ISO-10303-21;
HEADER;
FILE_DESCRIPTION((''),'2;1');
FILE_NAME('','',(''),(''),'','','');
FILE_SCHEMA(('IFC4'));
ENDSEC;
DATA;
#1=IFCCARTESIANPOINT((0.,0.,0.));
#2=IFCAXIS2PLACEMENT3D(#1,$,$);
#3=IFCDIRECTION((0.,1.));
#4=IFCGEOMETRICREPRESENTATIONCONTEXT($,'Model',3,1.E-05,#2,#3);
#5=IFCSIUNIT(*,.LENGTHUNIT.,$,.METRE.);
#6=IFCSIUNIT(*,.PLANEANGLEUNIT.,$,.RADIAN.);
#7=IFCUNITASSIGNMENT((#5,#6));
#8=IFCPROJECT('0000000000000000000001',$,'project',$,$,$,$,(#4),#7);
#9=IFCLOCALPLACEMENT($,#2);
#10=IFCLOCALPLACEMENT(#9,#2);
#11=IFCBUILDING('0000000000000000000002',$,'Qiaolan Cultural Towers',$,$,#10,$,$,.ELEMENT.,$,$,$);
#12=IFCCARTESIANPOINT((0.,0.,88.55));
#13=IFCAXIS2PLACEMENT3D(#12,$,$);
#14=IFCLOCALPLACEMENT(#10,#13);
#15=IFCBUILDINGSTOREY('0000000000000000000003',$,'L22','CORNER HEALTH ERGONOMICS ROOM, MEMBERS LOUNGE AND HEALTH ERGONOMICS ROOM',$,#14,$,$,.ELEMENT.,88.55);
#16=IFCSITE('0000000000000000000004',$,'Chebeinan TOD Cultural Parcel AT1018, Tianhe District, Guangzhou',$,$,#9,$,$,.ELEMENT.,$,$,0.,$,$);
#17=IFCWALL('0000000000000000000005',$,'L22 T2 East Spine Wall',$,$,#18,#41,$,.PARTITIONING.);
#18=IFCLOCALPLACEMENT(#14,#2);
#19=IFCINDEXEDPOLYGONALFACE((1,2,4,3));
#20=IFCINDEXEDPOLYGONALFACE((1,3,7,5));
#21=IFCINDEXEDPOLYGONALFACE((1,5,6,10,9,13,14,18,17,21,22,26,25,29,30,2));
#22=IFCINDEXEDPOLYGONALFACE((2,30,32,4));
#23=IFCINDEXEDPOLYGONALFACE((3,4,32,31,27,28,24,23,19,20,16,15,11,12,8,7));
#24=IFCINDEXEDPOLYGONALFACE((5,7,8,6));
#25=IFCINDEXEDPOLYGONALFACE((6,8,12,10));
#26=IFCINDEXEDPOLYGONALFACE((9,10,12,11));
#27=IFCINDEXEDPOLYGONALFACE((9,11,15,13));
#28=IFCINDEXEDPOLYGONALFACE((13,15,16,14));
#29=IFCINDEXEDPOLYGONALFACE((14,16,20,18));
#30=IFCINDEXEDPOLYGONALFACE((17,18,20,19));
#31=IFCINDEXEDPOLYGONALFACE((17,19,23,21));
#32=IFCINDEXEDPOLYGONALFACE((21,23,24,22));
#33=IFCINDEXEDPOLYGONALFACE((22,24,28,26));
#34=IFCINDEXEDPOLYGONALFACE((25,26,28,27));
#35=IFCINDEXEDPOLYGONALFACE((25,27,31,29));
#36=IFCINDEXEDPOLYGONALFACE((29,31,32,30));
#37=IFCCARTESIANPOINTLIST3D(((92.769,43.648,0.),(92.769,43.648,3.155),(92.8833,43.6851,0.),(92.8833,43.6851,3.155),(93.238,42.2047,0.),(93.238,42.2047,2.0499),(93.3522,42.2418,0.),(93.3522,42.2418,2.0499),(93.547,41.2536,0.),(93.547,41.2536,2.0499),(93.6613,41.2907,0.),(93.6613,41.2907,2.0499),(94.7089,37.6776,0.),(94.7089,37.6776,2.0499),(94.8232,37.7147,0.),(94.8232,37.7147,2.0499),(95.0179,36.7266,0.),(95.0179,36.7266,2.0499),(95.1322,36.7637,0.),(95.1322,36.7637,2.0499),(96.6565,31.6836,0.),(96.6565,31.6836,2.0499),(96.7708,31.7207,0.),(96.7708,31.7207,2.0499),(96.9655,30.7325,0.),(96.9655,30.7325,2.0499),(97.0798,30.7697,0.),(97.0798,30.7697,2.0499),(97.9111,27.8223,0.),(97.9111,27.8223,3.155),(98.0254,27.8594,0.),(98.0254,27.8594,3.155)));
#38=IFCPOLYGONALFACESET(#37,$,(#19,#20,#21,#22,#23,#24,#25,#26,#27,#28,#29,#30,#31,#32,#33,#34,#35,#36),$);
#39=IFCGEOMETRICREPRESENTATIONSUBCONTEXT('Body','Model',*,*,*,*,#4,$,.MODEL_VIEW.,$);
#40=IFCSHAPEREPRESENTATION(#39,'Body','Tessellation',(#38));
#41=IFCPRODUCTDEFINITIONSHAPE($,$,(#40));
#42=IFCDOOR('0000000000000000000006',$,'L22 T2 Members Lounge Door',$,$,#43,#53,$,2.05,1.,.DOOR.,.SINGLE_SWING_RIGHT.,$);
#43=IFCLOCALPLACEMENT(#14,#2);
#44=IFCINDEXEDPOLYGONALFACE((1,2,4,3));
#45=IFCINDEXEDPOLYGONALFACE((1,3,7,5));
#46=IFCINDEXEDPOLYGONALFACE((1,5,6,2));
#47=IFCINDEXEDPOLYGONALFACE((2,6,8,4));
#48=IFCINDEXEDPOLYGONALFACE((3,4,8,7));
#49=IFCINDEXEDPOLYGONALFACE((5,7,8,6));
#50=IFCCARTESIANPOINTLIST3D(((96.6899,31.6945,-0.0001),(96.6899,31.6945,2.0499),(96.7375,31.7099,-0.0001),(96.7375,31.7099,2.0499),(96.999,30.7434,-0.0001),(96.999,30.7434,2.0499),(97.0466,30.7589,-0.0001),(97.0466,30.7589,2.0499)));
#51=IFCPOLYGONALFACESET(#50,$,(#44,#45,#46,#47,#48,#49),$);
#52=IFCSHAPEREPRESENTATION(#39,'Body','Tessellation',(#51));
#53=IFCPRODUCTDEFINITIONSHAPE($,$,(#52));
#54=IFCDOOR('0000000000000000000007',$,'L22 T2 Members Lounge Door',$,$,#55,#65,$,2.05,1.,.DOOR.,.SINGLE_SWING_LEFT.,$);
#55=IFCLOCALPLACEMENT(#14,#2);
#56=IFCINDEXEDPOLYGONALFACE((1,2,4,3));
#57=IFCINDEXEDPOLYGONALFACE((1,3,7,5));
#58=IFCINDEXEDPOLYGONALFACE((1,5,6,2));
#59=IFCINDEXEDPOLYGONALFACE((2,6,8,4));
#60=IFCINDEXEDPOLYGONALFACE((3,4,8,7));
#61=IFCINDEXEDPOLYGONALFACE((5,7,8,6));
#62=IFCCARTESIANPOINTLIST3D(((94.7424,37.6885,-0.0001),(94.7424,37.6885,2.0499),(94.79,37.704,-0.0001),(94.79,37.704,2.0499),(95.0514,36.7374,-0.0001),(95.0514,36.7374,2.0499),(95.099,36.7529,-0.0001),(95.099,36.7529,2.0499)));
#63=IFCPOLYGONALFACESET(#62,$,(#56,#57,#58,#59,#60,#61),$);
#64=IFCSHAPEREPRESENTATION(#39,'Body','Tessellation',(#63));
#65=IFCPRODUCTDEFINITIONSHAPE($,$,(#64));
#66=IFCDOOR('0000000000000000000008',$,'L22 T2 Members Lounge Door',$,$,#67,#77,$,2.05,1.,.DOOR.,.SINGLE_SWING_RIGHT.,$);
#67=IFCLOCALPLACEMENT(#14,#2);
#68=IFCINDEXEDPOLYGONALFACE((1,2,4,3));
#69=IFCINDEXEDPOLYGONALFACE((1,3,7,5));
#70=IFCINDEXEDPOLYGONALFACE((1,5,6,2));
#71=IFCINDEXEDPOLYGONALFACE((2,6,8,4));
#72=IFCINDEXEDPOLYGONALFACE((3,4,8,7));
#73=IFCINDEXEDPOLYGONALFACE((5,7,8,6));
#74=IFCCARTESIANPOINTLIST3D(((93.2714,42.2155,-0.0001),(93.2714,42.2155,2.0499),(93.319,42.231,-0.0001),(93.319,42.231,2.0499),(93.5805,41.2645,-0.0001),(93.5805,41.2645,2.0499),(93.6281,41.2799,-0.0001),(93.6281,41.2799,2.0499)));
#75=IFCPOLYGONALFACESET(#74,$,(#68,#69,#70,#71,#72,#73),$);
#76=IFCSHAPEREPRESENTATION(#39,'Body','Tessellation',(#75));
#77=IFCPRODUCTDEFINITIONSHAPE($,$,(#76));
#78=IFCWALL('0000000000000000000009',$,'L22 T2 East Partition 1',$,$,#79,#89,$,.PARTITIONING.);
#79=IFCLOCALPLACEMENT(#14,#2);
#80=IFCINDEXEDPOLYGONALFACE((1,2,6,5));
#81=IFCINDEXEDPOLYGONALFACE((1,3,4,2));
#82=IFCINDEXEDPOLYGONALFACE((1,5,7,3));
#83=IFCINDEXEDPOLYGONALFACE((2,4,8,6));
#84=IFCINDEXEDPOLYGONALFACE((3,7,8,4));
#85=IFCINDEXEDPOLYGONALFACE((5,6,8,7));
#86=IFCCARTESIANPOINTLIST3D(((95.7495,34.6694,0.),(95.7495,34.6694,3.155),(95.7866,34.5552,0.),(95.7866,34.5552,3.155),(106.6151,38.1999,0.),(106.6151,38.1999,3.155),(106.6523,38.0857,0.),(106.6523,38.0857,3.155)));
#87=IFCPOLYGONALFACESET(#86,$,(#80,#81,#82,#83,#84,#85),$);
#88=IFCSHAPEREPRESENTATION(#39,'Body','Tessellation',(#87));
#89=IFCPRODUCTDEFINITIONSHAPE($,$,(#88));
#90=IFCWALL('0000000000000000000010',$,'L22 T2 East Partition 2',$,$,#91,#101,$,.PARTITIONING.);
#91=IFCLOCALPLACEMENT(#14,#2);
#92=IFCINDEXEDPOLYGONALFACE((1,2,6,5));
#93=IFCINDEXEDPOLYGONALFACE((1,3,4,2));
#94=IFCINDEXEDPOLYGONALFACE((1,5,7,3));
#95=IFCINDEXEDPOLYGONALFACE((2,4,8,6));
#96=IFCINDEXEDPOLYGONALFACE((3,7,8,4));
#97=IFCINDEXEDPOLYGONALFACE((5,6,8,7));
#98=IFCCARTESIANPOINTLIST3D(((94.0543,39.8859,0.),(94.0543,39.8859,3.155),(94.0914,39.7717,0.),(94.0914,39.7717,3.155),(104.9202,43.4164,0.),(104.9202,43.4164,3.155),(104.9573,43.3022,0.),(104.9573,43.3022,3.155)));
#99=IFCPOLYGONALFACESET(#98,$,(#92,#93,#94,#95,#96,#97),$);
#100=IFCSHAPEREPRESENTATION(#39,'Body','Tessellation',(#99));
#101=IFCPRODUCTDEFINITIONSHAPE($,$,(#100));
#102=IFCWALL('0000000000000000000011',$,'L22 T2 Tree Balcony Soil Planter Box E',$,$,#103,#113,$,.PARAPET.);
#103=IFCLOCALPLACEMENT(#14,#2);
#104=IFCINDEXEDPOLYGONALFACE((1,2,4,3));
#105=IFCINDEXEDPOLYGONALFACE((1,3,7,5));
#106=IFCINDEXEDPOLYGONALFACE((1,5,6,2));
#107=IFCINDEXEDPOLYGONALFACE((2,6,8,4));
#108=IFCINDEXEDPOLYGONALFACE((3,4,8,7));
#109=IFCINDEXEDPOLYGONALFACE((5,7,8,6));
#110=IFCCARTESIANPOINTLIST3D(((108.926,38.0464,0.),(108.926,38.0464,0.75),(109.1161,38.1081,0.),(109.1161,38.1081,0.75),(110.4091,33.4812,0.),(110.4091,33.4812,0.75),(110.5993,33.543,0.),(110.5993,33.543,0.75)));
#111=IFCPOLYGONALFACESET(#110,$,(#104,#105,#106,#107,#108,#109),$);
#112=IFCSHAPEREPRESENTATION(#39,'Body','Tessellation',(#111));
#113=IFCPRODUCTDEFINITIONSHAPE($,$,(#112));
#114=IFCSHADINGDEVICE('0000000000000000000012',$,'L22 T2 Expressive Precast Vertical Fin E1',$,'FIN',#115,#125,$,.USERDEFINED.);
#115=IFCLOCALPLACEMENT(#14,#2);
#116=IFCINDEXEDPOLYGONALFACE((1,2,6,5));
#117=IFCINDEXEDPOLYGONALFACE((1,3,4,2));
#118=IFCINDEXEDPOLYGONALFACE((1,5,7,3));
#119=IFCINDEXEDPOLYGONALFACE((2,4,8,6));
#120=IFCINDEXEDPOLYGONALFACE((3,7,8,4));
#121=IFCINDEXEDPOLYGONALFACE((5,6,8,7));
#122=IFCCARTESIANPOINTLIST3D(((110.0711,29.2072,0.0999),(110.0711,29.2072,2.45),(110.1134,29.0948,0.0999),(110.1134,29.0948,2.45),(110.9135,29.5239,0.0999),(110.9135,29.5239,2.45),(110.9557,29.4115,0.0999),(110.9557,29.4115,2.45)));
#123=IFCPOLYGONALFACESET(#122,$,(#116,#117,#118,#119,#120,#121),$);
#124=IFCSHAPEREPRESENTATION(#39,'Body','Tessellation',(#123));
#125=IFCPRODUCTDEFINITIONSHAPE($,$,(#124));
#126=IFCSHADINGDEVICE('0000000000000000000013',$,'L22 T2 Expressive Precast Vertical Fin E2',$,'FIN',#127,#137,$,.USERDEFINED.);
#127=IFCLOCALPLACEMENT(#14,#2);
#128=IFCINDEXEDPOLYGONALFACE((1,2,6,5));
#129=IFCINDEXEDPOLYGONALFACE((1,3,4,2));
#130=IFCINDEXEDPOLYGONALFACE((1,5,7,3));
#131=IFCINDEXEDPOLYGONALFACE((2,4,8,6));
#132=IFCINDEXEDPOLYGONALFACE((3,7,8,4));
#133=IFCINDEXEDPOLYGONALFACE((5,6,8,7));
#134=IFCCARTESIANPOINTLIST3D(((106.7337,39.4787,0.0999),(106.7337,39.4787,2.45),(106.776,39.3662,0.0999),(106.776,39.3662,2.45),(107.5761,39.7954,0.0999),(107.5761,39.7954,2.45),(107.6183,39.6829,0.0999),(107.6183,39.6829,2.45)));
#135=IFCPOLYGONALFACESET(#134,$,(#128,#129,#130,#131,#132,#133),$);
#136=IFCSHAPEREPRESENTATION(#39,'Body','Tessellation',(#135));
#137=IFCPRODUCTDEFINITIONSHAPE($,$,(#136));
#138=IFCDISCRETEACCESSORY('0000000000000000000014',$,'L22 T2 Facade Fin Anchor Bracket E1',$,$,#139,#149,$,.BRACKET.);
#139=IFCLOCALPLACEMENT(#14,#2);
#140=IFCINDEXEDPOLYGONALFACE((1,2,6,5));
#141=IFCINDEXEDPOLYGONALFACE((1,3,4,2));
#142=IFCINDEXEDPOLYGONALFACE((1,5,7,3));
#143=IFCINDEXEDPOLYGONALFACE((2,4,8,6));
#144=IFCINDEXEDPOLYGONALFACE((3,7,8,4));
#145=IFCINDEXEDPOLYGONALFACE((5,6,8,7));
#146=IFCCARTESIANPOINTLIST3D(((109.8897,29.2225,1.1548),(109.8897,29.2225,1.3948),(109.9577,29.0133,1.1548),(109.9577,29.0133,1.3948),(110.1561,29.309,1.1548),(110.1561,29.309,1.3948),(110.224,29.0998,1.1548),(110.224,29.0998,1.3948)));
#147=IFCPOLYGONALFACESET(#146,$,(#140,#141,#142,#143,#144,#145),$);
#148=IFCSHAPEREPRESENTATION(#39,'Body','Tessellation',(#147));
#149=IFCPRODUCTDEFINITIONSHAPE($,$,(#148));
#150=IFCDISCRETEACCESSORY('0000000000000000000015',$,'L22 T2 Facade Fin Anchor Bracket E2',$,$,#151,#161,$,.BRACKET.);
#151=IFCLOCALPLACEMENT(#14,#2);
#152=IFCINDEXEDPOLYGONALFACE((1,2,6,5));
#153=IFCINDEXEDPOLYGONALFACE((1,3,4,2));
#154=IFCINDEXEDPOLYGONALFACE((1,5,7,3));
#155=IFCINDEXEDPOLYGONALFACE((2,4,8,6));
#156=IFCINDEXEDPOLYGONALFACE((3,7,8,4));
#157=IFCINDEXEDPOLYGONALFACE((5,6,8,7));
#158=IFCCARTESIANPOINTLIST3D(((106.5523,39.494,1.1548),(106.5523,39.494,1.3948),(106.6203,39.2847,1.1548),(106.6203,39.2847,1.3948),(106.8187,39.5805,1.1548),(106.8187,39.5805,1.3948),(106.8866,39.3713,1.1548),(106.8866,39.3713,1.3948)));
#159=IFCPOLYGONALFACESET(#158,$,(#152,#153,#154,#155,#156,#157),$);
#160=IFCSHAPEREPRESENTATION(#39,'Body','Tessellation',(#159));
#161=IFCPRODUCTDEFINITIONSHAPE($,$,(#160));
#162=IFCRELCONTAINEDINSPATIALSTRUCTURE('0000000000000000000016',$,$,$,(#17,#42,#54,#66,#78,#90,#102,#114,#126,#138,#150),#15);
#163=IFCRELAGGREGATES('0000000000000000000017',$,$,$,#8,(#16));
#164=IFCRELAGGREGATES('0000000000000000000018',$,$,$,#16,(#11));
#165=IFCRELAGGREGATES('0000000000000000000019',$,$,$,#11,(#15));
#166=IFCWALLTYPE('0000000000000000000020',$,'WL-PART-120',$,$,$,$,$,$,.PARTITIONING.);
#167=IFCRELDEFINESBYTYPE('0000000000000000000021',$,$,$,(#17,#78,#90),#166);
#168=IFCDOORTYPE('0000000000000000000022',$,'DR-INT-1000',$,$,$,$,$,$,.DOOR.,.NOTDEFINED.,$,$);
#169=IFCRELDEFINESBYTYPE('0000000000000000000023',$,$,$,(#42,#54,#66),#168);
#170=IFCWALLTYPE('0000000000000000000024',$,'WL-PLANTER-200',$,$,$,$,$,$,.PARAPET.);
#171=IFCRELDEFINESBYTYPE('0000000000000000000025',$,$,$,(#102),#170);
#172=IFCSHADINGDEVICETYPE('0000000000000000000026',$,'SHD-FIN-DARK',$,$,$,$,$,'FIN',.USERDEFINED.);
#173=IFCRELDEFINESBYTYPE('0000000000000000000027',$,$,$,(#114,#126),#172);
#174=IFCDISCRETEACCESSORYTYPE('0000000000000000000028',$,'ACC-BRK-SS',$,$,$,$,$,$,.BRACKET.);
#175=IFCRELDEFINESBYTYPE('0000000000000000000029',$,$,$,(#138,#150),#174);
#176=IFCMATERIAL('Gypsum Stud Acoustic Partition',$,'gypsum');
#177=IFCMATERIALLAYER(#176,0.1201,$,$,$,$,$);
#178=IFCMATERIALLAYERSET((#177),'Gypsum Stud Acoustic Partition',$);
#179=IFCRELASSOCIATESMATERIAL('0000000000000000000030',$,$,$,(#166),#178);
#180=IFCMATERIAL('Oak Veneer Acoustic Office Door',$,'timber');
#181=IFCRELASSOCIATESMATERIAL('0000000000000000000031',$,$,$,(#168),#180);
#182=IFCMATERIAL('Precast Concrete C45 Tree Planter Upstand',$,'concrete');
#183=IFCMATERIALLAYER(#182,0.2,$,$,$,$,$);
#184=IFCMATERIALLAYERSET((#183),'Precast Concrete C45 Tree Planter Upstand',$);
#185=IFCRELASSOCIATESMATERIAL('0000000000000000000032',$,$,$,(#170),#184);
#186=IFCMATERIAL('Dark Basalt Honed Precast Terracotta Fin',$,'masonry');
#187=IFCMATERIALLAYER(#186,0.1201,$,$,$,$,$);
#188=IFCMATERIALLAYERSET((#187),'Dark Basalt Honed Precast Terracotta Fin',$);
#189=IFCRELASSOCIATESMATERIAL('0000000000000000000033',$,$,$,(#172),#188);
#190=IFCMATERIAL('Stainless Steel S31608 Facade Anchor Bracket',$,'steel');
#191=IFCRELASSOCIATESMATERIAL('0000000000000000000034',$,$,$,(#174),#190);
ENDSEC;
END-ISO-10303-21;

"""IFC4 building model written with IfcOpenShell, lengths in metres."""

from ifc_helpers import new_model, si_unit, direction, frame, frame_2d, origin, origin_2d, place, context, subcontext, project, spatial, rectangle, extrude, material, layer, layer_set, type_object, element, fill, save


model = new_model("IFC4")

# Units and contexts
model_context = context("Model", 3, precision=1e-05, world=origin(), true_north=direction((0.0, 1.0)))
body_context = subcontext(model_context, "Body", "Model", "MODEL_VIEW")
ifc_project = project(units=[si_unit("LENGTHUNIT", "METRE"), si_unit("PLANEANGLEUNIT", "RADIAN")], contexts=[model_context])

# Site, building, storey
site_placement = place(None, origin())
site = spatial("IfcSite", under=ifc_project, at=site_placement, Name="Chebeinan TOD Cultural Parcel AT1018, Tianhe District, Guangzhou", CompositionType="ELEMENT", RefElevation=0.0)
building_placement = place(site_placement, origin())
building = spatial("IfcBuilding", under=site, at=building_placement, Name="Qiaolan Cultural Towers", CompositionType="ELEMENT")
storey_placement = place(building_placement, frame((0.0, 0.0, 88.55)))
storey = spatial("IfcBuildingStorey", under=building, at=storey_placement, Name="L22", Description="CORNER HEALTH ERGONOMICS ROOM, MEMBERS LOUNGE AND HEALTH ERGONOMICS ROOM", CompositionType="ELEMENT", Elevation=88.55)

# Shared definitions
ifc_material_1 = material(Name="Gypsum Stud Acoustic Partition", Category="gypsum")
ifc_layer_1 = layer(ifc_material_1, 0.1201)
ifc_layer_set_1 = layer_set([ifc_layer_1], Name="Gypsum Stud Acoustic Partition")
wall_type_1 = type_object("IfcWallType", Name="WL-PART-120", PredefinedType="PARTITIONING", material=ifc_layer_set_1)

# Wall, openings, doors
wall_1_placement = place(storey_placement, frame((97.9683, 27.8408, 0.0), z_axis=(0.0, 0.0, 1.0), x_axis=(-0.309018, 0.951056, 0.0)))
wall_1 = element("IfcWall", 1, at=wall_1_placement, inside=storey, type_object=wall_type_1, Name="L22 T2 East Spine Wall", PredefinedType="PARTITIONING", context=body_context, shape_type="SweptSolid", body=[
    extrude(rectangle(XDim=16.6401, YDim=0.1201, at=frame_2d((8.3201, 0.0))), origin(), (0.0, 0.0, 1.0), 3.155),
])
opening_1_placement = place(wall_1_placement, frame((3.0601, 0.0, 0.0)))
opening_1 = element("IfcOpeningElement", 2, at=opening_1_placement, cuts=wall_1, PredefinedType="OPENING", context=body_context, shape_type="SweptSolid", body=[
    extrude(rectangle(XDim=1.0, YDim=2.05, at=frame_2d((0.5, 1.0249))), frame((0.0, 0.0701, 0.0), z_axis=(0.0, -1.0, 0.0), x_axis=(1.0, 0.0, 0.0)), (0.0, 0.0, 1.0), 0.1401),
])
opening_2_placement = place(wall_1_placement, frame((9.3625, 0.0, 0.0)))
opening_2 = element("IfcOpeningElement", 3, at=opening_2_placement, cuts=wall_1, PredefinedType="OPENING", context=body_context, shape_type="SweptSolid", body=[
    extrude(rectangle(XDim=1.0, YDim=2.05, at=frame_2d((0.5, 1.0249))), frame((0.0, 0.0701, 0.0), z_axis=(0.0, -1.0, 0.0), x_axis=(1.0, 0.0, 0.0)), (0.0, 0.0, 1.0), 0.1401),
])
opening_3_placement = place(wall_1_placement, frame((14.1226, 0.0, 0.0)))
opening_3 = element("IfcOpeningElement", 4, at=opening_3_placement, cuts=wall_1, PredefinedType="OPENING", context=body_context, shape_type="SweptSolid", body=[
    extrude(rectangle(XDim=1.0, YDim=2.05, at=frame_2d((0.5, 1.0249))), frame((0.0, 0.0701, 0.0), z_axis=(0.0, -1.0, 0.0), x_axis=(1.0, 0.0, 0.0)), (0.0, 0.0, 1.0), 0.1401),
])
ifc_material_2 = material(Name="Oak Veneer Acoustic Office Door", Category="timber")
door_type_1 = type_object("IfcDoorType", Name="DR-INT-1000", OperationType="NOTDEFINED", PredefinedType="DOOR", material=ifc_material_2)
door_1_placement = place(opening_1_placement, origin())
door_1 = element("IfcDoor", 5, at=door_1_placement, inside=storey, type_object=door_type_1, Name="L22 T2 Members Lounge Door", OperationType="SINGLE_SWING_RIGHT", OverallHeight=2.05, OverallWidth=1.0, PredefinedType="DOOR", context=body_context, shape_type="SweptSolid", body=[
    extrude(rectangle(XDim=1.0, YDim=2.05, at=frame_2d((0.5, 1.0249))), frame((0.0, 0.0249, 0.0), z_axis=(0.0, -1.0, 0.0), x_axis=(1.0, 0.0, 0.0)), (0.0, 0.0, 1.0), 0.05),
])
fill(opening_1, door_1)
door_2_placement = place(opening_2_placement, origin())
door_2 = element("IfcDoor", 6, at=door_2_placement, inside=storey, type_object=door_type_1, Name="L22 T2 Members Lounge Door", OperationType="SINGLE_SWING_LEFT", OverallHeight=2.05, OverallWidth=1.0, PredefinedType="DOOR", context=body_context, shape_type="SweptSolid", body=[
    extrude(rectangle(XDim=1.0, YDim=2.05, at=frame_2d((0.5, 1.0249))), frame((0.0, 0.0249, 0.0), z_axis=(0.0, -1.0, 0.0), x_axis=(1.0, 0.0, 0.0)), (0.0, 0.0, 1.0), 0.05),
])
fill(opening_2, door_2)
door_3_placement = place(opening_3_placement, origin())
door_3 = element("IfcDoor", 7, at=door_3_placement, inside=storey, type_object=door_type_1, Name="L22 T2 Members Lounge Door", OperationType="SINGLE_SWING_RIGHT", OverallHeight=2.05, OverallWidth=1.0, PredefinedType="DOOR", context=body_context, shape_type="SweptSolid", body=[
    extrude(rectangle(XDim=1.0, YDim=2.05, at=frame_2d((0.5, 1.0249))), frame((0.0, 0.0249, 0.0), z_axis=(0.0, -1.0, 0.0), x_axis=(1.0, 0.0, 0.0)), (0.0, 0.0, 1.0), 0.05),
])
fill(opening_3, door_3)

# Walls
wall_2_placement = place(storey_placement, frame((95.7681, 34.6123, 0.0), z_axis=(0.0, 0.0, 1.0), x_axis=(0.951056, 0.309019, 0.0)))
element("IfcWall", 8, at=wall_2_placement, inside=storey, type_object=wall_type_1, Name="L22 T2 East Partition 1", PredefinedType="PARTITIONING", context=body_context, shape_type="SweptSolid", body=[
    extrude(rectangle(XDim=11.4248, YDim=0.1201, at=frame_2d((5.7124, 0.0))), origin(), (0.0, 0.0, 1.0), 3.155),
])
wall_3_placement = place(storey_placement, frame((94.073, 39.8289, 0.0), z_axis=(0.0, 0.0, 1.0), x_axis=(0.951058, 0.309013, 0.0)))
element("IfcWall", 9, at=wall_3_placement, inside=storey, type_object=wall_type_1, Name="L22 T2 East Partition 2", PredefinedType="PARTITIONING", context=body_context, shape_type="SweptSolid", body=[
    extrude(rectangle(XDim=11.425, YDim=0.1201, at=frame_2d((5.7124, 0.0))), origin(), (0.0, 0.0, 1.0), 3.155),
])
ifc_material_3 = material(Name="Precast Concrete C45 Tree Planter Upstand", Category="concrete")
ifc_layer_2 = layer(ifc_material_3, 0.2)
ifc_layer_set_2 = layer_set([ifc_layer_2], Name="Precast Concrete C45 Tree Planter Upstand")
wall_type_2 = type_object("IfcWallType", Name="WL-PLANTER-200", PredefinedType="PARAPET", material=ifc_layer_set_2)
wall_4_placement = place(storey_placement, frame((110.5042, 33.5122, 0.0), z_axis=(0.0, 0.0, 1.0), x_axis=(-0.308986, 0.951067, 0.0)))
element("IfcWall", 10, at=wall_4_placement, inside=storey, type_object=wall_type_2, Name="L22 T2 Tree Balcony Soil Planter Box E", PredefinedType="PARAPET", context=body_context, shape_type="SweptSolid", body=[
    extrude(rectangle(XDim=4.8, YDim=0.2, at=frame_2d((2.3999, 0.0))), origin(), (0.0, 0.0, 1.0), 0.75),
])

# Shading devices
ifc_material_4 = material(Name="Dark Basalt Honed Precast Terracotta Fin", Category="masonry")
ifc_layer_3 = layer(ifc_material_4, 0.1201)
ifc_layer_set_3 = layer_set([ifc_layer_3], Name="Dark Basalt Honed Precast Terracotta Fin")
shading_device_type = type_object("IfcShadingDeviceType", Name="SHD-FIN-DARK", ElementType="FIN", PredefinedType="USERDEFINED", material=ifc_layer_set_3)
for number, where, z_axis, x_axis, name in (
    (11, (110.5134, 29.3093, 0.0999), (0.0, 0.0, 1.0), (0.936031, 0.351919, 0.0), "L22 T2 Expressive Precast Vertical Fin E1"),
    (12, (107.176, 39.5808, 0.0999), (0.0, 0.0, 1.0), (0.936031, 0.351919, 0.0), "L22 T2 Expressive Precast Vertical Fin E2"),
):
    element("IfcShadingDevice", number, at=place(storey_placement, frame(where, z_axis=z_axis, x_axis=x_axis)), inside=storey, type_object=shading_device_type, Name=name, ObjectType="FIN", PredefinedType="USERDEFINED", context=body_context, shape_type="SweptSolid", body=[
        extrude(rectangle(XDim=0.8999, YDim=0.1201, at=origin_2d()), origin(), (0.0, 0.0, 1.0), 2.3501),
    ])

# Discrete accessories
ifc_material_5 = material(Name="Stainless Steel S31608 Facade Anchor Bracket", Category="steel")
discrete_accessory_type = type_object("IfcDiscreteAccessoryType", Name="ACC-BRK-SS", PredefinedType="BRACKET", material=ifc_material_5)
for number, where, z_axis, x_axis, name in (
    (13, (110.0569, 29.1611, 1.1548), (0.0, 0.0, 1.0), (0.951057, 0.309017, 0.0), "L22 T2 Facade Fin Anchor Bracket E1"),
    (14, (106.7195, 39.4326, 1.1548), (0.0, 0.0, 1.0), (0.951057, 0.309017, 0.0), "L22 T2 Facade Fin Anchor Bracket E2"),
):
    element("IfcDiscreteAccessory", number, at=place(storey_placement, frame(where, z_axis=z_axis, x_axis=x_axis)), inside=storey, type_object=discrete_accessory_type, Name=name, PredefinedType="BRACKET", context=body_context, shape_type="SweptSolid", body=[
        extrude(rectangle(XDim=0.28, YDim=0.22, at=origin_2d()), origin(), (0.0, 0.0, 1.0), 0.24),
    ])

save(model, "model.ifc")
